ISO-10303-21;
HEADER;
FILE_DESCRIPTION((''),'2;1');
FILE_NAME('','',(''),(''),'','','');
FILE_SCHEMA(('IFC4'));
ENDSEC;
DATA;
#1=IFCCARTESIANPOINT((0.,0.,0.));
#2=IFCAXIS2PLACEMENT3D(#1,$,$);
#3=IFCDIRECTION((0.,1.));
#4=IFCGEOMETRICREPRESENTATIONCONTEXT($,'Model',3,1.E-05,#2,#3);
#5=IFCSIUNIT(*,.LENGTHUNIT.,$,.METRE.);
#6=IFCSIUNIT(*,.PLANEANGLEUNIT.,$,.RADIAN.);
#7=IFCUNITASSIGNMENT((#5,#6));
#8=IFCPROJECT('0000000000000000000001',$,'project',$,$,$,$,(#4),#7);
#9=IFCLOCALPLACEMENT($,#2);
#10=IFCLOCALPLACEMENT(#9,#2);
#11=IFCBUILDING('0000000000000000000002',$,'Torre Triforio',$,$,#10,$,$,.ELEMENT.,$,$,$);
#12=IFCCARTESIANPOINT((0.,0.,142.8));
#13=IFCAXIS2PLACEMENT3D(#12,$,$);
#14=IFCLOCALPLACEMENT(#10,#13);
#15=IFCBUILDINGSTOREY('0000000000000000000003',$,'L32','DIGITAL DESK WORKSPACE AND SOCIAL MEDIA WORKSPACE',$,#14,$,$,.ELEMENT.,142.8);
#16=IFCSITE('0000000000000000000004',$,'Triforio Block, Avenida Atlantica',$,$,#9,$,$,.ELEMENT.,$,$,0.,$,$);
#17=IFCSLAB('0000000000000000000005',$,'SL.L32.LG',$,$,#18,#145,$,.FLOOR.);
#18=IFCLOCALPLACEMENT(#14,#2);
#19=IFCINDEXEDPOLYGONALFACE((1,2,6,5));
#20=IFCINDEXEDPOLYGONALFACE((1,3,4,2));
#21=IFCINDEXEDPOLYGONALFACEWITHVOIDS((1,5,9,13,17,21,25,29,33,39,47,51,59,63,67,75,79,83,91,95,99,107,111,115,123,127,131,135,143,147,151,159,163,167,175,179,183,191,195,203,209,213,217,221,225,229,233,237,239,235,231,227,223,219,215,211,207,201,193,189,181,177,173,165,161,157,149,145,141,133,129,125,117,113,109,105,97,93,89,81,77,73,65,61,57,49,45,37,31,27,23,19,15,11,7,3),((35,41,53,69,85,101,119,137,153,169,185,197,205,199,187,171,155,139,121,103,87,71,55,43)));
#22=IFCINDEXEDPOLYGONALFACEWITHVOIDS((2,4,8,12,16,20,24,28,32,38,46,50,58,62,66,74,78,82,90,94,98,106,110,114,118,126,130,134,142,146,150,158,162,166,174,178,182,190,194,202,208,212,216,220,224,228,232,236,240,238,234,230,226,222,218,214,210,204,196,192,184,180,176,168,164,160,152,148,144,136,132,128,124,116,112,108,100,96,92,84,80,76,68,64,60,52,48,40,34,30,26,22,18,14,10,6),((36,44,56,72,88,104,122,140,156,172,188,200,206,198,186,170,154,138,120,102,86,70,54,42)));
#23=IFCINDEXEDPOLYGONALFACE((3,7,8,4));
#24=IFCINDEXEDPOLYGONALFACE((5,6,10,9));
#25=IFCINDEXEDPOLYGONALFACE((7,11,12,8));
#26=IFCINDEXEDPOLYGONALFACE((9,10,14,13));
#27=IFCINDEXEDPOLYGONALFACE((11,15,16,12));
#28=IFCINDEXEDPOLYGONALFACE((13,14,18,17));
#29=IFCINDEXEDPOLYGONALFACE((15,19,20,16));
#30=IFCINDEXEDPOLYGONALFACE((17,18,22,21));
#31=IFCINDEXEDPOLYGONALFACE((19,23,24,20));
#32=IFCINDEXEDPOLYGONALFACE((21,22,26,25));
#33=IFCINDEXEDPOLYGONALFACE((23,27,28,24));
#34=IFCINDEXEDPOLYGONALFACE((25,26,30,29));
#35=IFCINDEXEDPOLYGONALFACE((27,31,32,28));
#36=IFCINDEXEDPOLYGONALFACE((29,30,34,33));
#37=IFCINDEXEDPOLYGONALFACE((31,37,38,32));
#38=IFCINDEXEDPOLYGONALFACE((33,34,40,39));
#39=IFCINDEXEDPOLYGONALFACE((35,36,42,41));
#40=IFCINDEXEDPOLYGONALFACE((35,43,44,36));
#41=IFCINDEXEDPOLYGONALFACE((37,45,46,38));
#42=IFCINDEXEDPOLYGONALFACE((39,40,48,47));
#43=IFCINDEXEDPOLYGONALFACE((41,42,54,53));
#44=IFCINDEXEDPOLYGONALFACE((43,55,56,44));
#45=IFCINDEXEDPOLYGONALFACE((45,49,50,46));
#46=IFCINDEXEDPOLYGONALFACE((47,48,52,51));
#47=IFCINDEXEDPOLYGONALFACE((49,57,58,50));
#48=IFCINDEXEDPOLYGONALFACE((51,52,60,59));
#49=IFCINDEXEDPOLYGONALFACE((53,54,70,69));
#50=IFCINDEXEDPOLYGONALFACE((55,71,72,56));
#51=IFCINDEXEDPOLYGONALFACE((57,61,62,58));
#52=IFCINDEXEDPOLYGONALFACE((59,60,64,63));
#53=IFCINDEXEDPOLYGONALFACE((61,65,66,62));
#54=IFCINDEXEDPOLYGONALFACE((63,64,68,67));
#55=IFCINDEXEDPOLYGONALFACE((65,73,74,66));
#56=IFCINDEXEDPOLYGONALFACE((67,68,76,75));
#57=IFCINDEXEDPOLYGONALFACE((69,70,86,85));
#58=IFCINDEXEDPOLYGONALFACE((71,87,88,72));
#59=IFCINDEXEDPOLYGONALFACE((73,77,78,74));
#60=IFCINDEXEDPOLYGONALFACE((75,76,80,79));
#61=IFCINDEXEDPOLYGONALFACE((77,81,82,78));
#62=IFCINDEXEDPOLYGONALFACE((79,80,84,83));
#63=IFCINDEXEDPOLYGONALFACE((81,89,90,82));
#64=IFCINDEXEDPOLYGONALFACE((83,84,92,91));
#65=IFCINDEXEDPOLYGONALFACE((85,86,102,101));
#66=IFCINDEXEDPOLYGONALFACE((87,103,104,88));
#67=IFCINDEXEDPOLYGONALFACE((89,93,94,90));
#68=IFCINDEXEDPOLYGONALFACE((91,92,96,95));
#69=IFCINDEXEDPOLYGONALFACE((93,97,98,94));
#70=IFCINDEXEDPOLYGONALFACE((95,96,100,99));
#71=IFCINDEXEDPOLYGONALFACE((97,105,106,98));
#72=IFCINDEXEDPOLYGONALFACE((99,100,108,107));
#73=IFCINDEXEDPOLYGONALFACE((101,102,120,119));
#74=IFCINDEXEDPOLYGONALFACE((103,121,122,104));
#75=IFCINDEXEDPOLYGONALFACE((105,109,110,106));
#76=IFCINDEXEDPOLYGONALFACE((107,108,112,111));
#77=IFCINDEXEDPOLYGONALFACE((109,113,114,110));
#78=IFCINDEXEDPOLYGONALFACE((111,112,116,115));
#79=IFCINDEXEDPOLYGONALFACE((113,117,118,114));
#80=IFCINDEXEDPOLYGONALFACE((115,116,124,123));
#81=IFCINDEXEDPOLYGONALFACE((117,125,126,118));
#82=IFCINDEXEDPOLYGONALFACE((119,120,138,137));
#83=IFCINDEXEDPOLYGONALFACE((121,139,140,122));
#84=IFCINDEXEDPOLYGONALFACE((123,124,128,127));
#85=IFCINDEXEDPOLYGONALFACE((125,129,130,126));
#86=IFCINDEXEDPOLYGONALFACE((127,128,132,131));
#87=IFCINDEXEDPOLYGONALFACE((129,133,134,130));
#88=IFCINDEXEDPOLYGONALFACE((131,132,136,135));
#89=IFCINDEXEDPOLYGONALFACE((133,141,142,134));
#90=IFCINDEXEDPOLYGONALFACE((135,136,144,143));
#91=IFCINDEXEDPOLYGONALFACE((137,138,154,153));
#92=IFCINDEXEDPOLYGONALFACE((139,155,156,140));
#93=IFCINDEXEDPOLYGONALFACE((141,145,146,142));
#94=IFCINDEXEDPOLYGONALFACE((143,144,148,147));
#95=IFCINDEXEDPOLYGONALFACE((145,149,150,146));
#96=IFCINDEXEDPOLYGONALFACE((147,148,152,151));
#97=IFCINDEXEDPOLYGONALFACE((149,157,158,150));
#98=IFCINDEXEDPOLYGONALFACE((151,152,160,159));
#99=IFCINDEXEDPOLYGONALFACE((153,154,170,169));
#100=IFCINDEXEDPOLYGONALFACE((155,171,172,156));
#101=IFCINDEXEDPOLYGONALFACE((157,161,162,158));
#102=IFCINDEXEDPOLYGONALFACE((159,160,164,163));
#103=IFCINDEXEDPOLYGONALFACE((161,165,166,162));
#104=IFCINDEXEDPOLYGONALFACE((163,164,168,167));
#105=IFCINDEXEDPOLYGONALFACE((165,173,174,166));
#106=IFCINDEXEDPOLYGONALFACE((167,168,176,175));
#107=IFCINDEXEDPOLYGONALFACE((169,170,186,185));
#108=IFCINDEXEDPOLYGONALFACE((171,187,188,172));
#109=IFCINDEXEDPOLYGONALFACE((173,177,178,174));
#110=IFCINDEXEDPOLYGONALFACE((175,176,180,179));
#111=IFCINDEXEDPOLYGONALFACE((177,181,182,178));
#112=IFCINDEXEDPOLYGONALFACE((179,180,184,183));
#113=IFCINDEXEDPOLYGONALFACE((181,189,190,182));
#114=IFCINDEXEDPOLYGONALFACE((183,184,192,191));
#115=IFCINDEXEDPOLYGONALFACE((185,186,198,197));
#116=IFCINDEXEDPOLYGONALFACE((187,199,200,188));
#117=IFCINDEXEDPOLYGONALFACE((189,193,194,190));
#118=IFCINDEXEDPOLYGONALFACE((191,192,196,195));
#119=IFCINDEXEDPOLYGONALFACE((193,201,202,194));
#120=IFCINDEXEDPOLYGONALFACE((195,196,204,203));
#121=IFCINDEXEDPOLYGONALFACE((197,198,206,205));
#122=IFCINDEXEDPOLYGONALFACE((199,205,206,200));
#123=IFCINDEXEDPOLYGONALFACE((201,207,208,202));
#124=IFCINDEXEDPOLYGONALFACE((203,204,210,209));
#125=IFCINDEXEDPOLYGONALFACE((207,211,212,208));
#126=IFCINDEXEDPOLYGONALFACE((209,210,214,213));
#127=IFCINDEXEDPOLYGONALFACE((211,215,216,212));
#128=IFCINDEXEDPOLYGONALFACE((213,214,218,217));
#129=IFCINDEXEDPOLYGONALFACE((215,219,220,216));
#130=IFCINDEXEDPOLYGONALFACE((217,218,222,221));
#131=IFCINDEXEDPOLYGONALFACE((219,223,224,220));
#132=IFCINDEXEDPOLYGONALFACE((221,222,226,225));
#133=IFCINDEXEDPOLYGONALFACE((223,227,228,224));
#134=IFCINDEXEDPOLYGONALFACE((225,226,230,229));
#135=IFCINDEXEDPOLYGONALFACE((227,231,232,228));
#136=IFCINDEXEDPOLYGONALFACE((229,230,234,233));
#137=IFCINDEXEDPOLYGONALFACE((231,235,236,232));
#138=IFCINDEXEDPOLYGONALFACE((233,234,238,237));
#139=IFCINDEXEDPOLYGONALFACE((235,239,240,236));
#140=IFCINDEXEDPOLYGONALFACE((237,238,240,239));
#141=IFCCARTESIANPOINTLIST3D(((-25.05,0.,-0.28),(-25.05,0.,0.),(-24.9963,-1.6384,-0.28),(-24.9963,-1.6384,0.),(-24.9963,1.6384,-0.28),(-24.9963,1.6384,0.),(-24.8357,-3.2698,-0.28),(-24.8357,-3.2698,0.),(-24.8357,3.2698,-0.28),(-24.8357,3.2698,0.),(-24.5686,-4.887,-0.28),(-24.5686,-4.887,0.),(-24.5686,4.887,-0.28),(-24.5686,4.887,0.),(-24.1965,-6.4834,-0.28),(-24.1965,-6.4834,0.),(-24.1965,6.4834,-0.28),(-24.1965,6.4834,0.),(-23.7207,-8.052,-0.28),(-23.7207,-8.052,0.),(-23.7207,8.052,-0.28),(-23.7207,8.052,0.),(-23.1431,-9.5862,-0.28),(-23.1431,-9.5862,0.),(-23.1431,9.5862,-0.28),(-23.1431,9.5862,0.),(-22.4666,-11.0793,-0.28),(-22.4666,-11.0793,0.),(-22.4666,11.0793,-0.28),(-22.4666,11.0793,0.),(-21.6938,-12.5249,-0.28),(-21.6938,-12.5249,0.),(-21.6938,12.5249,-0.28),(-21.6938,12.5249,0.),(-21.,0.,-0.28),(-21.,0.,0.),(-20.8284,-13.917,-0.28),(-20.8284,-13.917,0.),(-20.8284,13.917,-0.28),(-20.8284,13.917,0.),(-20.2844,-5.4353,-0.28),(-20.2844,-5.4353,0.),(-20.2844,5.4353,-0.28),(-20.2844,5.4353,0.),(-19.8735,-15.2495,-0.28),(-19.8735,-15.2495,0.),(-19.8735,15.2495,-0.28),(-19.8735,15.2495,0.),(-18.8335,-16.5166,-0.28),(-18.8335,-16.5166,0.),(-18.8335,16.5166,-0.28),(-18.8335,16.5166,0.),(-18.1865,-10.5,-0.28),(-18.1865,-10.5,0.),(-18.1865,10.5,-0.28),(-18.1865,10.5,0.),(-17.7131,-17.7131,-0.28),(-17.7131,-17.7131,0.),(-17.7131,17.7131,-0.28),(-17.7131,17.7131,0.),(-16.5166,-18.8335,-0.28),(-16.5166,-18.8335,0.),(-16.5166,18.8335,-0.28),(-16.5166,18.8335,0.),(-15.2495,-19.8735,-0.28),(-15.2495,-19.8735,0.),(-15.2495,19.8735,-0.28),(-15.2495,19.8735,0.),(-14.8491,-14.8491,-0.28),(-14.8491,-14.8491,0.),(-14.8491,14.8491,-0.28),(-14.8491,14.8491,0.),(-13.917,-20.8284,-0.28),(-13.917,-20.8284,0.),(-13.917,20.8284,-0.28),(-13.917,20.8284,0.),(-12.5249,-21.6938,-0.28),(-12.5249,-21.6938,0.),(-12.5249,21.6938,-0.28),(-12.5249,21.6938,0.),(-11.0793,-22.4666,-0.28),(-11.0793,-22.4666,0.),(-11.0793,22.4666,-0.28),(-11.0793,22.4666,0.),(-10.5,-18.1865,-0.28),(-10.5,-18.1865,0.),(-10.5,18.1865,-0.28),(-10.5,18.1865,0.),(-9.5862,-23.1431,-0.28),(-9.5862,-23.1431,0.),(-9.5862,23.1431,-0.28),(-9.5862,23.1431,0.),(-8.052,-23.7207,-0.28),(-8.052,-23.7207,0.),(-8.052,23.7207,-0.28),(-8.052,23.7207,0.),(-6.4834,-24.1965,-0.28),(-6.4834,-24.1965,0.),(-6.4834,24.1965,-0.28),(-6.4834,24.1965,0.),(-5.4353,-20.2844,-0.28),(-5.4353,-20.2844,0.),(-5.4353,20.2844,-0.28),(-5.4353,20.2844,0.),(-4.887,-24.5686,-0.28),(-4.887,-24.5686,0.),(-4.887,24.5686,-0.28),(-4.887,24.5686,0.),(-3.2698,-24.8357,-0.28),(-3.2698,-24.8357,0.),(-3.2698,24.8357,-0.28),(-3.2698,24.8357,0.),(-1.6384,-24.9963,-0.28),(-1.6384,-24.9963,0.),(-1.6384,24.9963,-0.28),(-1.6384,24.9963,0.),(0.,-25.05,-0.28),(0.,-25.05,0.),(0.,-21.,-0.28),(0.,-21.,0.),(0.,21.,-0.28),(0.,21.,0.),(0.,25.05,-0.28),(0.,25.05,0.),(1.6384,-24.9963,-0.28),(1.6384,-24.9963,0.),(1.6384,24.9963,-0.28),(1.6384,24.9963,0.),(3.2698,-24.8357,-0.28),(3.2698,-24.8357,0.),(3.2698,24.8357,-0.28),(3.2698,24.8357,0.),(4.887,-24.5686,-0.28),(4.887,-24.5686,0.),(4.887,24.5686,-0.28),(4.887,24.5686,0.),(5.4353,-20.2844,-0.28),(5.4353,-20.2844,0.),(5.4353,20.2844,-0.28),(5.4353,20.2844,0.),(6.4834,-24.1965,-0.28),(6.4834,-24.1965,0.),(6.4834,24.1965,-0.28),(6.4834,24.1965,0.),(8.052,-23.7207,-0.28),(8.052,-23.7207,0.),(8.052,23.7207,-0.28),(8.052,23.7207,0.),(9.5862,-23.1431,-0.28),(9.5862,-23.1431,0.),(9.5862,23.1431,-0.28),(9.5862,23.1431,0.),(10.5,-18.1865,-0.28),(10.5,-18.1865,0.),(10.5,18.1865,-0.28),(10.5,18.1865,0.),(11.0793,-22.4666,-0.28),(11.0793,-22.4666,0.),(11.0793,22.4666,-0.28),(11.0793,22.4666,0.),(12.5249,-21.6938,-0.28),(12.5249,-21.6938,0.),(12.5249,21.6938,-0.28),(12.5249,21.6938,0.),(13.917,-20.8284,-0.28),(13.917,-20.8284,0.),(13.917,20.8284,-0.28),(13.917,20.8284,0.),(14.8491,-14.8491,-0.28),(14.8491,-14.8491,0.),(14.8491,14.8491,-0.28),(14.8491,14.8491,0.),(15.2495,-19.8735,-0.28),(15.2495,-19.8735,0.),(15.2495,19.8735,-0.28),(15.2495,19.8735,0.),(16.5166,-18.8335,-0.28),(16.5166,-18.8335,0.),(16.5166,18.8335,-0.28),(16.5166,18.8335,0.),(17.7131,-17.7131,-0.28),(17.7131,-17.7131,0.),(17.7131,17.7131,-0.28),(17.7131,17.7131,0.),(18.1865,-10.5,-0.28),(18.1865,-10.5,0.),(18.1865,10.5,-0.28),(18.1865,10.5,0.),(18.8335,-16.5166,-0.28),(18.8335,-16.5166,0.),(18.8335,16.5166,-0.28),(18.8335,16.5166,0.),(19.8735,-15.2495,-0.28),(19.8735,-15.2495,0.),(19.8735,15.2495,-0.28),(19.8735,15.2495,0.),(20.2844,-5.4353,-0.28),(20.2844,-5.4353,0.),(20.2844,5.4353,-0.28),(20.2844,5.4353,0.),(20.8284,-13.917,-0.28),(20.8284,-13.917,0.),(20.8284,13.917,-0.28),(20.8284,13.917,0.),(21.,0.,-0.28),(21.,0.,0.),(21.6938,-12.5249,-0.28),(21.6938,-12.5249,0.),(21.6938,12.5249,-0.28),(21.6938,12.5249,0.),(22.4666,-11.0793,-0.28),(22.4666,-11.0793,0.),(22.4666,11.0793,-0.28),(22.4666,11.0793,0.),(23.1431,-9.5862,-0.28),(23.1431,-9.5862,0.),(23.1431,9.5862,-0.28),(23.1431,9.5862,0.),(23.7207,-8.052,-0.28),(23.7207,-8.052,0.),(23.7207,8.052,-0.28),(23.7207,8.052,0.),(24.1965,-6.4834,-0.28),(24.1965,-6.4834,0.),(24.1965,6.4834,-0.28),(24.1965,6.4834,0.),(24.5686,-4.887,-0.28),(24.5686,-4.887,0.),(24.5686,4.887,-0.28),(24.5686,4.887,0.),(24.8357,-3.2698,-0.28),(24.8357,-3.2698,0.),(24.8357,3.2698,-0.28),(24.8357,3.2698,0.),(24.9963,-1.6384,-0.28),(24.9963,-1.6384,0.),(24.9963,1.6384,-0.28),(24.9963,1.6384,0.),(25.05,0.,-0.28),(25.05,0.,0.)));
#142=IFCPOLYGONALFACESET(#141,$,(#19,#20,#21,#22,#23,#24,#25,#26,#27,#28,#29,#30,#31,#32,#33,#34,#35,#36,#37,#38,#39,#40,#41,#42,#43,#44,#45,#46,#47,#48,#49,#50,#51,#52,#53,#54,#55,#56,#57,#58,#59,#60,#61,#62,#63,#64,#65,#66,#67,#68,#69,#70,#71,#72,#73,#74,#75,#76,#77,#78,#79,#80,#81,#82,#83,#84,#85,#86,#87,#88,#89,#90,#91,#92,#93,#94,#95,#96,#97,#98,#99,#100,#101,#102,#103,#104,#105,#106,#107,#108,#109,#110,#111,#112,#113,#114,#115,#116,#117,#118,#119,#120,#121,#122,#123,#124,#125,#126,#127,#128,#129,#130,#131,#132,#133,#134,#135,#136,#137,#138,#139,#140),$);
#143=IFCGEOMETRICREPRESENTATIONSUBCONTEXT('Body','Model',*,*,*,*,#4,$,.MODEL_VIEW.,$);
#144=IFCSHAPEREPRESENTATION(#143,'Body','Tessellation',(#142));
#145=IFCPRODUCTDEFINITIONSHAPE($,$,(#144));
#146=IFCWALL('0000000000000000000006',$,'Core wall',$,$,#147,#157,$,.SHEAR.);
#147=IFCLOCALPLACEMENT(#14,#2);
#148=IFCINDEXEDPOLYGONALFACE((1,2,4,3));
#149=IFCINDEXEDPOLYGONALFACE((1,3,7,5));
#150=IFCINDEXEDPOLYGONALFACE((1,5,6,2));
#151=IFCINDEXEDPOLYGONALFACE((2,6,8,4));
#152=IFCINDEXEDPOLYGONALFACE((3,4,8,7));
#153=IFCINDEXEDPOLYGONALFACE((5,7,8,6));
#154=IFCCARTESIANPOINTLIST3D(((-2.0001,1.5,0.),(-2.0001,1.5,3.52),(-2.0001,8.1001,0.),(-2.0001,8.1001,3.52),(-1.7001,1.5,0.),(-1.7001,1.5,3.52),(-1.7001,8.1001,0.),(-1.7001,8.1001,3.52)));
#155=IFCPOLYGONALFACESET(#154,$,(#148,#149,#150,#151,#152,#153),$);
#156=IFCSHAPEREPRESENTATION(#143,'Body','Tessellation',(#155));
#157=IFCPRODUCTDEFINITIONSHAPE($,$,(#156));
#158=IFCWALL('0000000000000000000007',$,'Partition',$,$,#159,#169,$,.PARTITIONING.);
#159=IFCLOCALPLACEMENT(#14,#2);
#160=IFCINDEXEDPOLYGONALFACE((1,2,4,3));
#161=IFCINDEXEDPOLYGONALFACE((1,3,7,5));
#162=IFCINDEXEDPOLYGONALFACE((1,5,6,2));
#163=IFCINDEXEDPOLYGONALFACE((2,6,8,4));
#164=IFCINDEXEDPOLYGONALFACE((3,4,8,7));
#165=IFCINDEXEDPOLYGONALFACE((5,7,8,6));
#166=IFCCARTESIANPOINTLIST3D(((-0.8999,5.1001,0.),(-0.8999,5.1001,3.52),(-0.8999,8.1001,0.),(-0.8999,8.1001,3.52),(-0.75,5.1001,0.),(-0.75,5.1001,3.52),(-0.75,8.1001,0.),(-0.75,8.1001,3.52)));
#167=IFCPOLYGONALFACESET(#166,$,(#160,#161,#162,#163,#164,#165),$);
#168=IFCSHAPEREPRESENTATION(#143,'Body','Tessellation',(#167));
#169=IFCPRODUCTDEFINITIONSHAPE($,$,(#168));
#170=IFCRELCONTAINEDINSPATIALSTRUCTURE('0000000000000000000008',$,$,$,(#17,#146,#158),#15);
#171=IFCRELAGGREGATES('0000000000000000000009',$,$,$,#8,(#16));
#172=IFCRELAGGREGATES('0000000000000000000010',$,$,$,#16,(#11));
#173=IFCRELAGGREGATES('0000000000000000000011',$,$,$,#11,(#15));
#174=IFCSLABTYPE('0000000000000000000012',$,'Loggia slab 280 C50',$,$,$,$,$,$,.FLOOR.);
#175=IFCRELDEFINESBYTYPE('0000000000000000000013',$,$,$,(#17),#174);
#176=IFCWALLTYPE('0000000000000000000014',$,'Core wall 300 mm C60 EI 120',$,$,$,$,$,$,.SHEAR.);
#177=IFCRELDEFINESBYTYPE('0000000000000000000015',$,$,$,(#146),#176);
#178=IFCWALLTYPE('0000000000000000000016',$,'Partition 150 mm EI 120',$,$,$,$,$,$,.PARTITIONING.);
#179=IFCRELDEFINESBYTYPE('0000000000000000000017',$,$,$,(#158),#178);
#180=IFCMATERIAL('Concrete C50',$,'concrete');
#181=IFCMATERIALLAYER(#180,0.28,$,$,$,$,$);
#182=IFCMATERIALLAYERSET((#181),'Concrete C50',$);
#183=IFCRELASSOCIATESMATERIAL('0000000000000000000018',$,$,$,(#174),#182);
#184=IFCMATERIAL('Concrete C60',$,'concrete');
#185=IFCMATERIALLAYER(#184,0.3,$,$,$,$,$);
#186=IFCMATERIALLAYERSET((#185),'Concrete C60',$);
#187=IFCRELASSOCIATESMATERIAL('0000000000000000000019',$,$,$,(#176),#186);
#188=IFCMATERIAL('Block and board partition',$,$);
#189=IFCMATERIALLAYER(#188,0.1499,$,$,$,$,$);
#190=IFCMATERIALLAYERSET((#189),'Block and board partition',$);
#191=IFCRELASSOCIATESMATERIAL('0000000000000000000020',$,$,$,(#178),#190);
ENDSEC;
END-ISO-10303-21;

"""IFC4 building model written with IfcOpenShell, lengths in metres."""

from ifc_helpers import new_model, si_unit, direction, frame, frame_2d, origin, place, context, subcontext, project, spatial, polyline, rectangle, outline, extrude, material, layer, layer_set, type_object, element, save


model = new_model("IFC4")

# Units and contexts
model_context = context("Model", 3, precision=1e-05, world=origin(), true_north=direction((0.0, 1.0)))
body_context = subcontext(model_context, "Body", "Model", "MODEL_VIEW")
ifc_project = project(units=[si_unit("LENGTHUNIT", "METRE"), si_unit("PLANEANGLEUNIT", "RADIAN")], contexts=[model_context])

# Site, building, storey
site_placement = place(None, origin())
site = spatial("IfcSite", under=ifc_project, at=site_placement, Name="Triforio Block, Avenida Atlantica", CompositionType="ELEMENT", RefElevation=0.0)
building_placement = place(site_placement, origin())
building = spatial("IfcBuilding", under=site, at=building_placement, Name="Torre Triforio", CompositionType="ELEMENT")
storey_placement = place(building_placement, frame((0.0, 0.0, 142.8)))
storey = spatial("IfcBuildingStorey", under=building, at=storey_placement, Name="L32", Description="DIGITAL DESK WORKSPACE AND SOCIAL MEDIA WORKSPACE", CompositionType="ELEMENT", Elevation=142.8)

# Shared definitions
ifc_material_1 = material(Name="Concrete C50", Category="concrete")

# Slab
ifc_layer_1 = layer(ifc_material_1, 0.28)
ifc_layer_set_1 = layer_set([ifc_layer_1], Name="Concrete C50")
slab_type_1 = type_object("IfcSlabType", Name="Loggia slab 280 C50", PredefinedType="FLOOR", material=ifc_layer_set_1)
slab_1_placement = place(storey_placement, frame((0.0, 0.0, -0.28)))
element("IfcSlab", 1, at=slab_1_placement, inside=storey, type_object=slab_type_1, Name="SL.L32.LG", PredefinedType="FLOOR", context=body_context, shape_type="SweptSolid", body=[
    extrude(outline(polyline([(24.9963, -1.6384), (25.05, 0.0), (24.9963, 1.6384), (24.8357, 3.2698), (24.5686, 4.887), (24.1965, 6.4834), (23.7207, 8.052), (23.1431, 9.5862), (22.4666, 11.0793), (21.6938, 12.5249), (20.8284, 13.917), (19.8735, 15.2495), (18.8335, 16.5166), (17.7131, 17.7131), (16.5166, 18.8335), (15.2495, 19.8735), (13.917, 20.8284), (12.5249, 21.6938), (11.0793, 22.4666), (9.5862, 23.1431), (8.052, 23.7207), (6.4834, 24.1965), (4.887, 24.5686), (3.2698, 24.8357), (1.6384, 24.9963), (0.0, 25.05), (-1.6384, 24.9963), (-3.2698, 24.8357), (-4.887, 24.5686), (-6.4834, 24.1965), (-8.052, 23.7207), (-9.5862, 23.1431), (-11.0793, 22.4666), (-12.5249, 21.6938), (-13.917, 20.8284), (-15.2495, 19.8735), (-16.5166, 18.8335), (-17.7131, 17.7131), (-18.8335, 16.5166), (-19.8735, 15.2495), (-20.8284, 13.917), (-21.6938, 12.5249), (-22.4666, 11.0793), (-23.1431, 9.5862), (-23.7207, 8.052), (-24.1965, 6.4834), (-24.5686, 4.887), (-24.8357, 3.2698), (-24.9963, 1.6384), (-25.05, 0.0), (-24.9963, -1.6384), (-24.8357, -3.2698), (-24.5686, -4.887), (-24.1965, -6.4834), (-23.7207, -8.052), (-23.1431, -9.5862), (-22.4666, -11.0793), (-21.6938, -12.5249), (-20.8284, -13.917), (-19.8735, -15.2495), (-18.8335, -16.5166), (-17.7131, -17.7131), (-16.5166, -18.8335), (-15.2495, -19.8735), (-13.917, -20.8284), (-12.5249, -21.6938), (-11.0793, -22.4666), (-9.5862, -23.1431), (-8.052, -23.7207), (-6.4834, -24.1965), (-4.887, -24.5686), (-3.2698, -24.8357), (-1.6384, -24.9963), (0.0, -25.05), (1.6384, -24.9963), (3.2698, -24.8357), (4.887, -24.5686), (6.4834, -24.1965), (8.052, -23.7207), (9.5862, -23.1431), (11.0793, -22.4666), (12.5249, -21.6938), (13.917, -20.8284), (15.2495, -19.8735), (16.5166, -18.8335), (17.7131, -17.7131), (18.8335, -16.5166), (19.8735, -15.2495), (20.8284, -13.917), (21.6938, -12.5249), (22.4666, -11.0793), (23.1431, -9.5862), (23.7207, -8.052), (24.1965, -6.4834), (24.5686, -4.887), (24.8357, -3.2698), (24.9963, -1.6384)]), holes=[polyline([(20.2844, 5.4353), (21.0, 0.0), (20.2844, -5.4353), (18.1865, -10.5), (14.8491, -14.8491), (10.5, -18.1865), (5.4353, -20.2844), (0.0, -21.0), (-5.4353, -20.2844), (-10.5, -18.1865), (-14.8491, -14.8491), (-18.1865, -10.5), (-20.2844, -5.4353), (-21.0, 0.0), (-20.2844, 5.4353), (-18.1865, 10.5), (-14.8491, 14.8491), (-10.5, 18.1865), (-5.4353, 20.2844), (0.0, 21.0), (5.4353, 20.2844), (10.5, 18.1865), (14.8491, 14.8491), (18.1865, 10.5), (20.2844, 5.4353)])]), origin(), (0.0, 0.0, 1.0), 0.28),
])

# Walls
ifc_material_2 = material(Name="Concrete C60", Category="concrete")
ifc_layer_2 = layer(ifc_material_2, 0.3)
ifc_layer_set_2 = layer_set([ifc_layer_2], Name="Concrete C60")
wall_type_1 = type_object("IfcWallType", Name="Core wall 300 mm C60 EI 120", PredefinedType="SHEAR", material=ifc_layer_set_2)
wall_1_placement = place(storey_placement, frame((-1.8501, 1.5, 0.0), z_axis=(0.0, 0.0, 1.0), x_axis=(0.0, 1.0, 0.0)))
element("IfcWall", 2, at=wall_1_placement, inside=storey, type_object=wall_type_1, Name="Core wall", PredefinedType="SHEAR", context=body_context, shape_type="SweptSolid", body=[
    extrude(rectangle(XDim=6.6001, YDim=0.3, at=frame_2d((3.3, 0.0))), origin(), (0.0, 0.0, 1.0), 3.52),
])
ifc_material_3 = material(Name="Block and board partition")
ifc_layer_3 = layer(ifc_material_3, 0.1499)
ifc_layer_set_3 = layer_set([ifc_layer_3], Name="Block and board partition")
wall_type_2 = type_object("IfcWallType", Name="Partition 150 mm EI 120", PredefinedType="PARTITIONING", material=ifc_layer_set_3)
wall_2_placement = place(storey_placement, frame((-0.825, 5.1001, 0.0), z_axis=(0.0, 0.0, 1.0), x_axis=(0.0, 1.0, 0.0)))
element("IfcWall", 3, at=wall_2_placement, inside=storey, type_object=wall_type_2, Name="Partition", PredefinedType="PARTITIONING", context=body_context, shape_type="SweptSolid", body=[
    extrude(rectangle(XDim=3.0, YDim=0.1499, at=frame_2d((1.5, 0.0))), origin(), (0.0, 0.0, 1.0), 3.52),
])

save(model, "model.ifc")
